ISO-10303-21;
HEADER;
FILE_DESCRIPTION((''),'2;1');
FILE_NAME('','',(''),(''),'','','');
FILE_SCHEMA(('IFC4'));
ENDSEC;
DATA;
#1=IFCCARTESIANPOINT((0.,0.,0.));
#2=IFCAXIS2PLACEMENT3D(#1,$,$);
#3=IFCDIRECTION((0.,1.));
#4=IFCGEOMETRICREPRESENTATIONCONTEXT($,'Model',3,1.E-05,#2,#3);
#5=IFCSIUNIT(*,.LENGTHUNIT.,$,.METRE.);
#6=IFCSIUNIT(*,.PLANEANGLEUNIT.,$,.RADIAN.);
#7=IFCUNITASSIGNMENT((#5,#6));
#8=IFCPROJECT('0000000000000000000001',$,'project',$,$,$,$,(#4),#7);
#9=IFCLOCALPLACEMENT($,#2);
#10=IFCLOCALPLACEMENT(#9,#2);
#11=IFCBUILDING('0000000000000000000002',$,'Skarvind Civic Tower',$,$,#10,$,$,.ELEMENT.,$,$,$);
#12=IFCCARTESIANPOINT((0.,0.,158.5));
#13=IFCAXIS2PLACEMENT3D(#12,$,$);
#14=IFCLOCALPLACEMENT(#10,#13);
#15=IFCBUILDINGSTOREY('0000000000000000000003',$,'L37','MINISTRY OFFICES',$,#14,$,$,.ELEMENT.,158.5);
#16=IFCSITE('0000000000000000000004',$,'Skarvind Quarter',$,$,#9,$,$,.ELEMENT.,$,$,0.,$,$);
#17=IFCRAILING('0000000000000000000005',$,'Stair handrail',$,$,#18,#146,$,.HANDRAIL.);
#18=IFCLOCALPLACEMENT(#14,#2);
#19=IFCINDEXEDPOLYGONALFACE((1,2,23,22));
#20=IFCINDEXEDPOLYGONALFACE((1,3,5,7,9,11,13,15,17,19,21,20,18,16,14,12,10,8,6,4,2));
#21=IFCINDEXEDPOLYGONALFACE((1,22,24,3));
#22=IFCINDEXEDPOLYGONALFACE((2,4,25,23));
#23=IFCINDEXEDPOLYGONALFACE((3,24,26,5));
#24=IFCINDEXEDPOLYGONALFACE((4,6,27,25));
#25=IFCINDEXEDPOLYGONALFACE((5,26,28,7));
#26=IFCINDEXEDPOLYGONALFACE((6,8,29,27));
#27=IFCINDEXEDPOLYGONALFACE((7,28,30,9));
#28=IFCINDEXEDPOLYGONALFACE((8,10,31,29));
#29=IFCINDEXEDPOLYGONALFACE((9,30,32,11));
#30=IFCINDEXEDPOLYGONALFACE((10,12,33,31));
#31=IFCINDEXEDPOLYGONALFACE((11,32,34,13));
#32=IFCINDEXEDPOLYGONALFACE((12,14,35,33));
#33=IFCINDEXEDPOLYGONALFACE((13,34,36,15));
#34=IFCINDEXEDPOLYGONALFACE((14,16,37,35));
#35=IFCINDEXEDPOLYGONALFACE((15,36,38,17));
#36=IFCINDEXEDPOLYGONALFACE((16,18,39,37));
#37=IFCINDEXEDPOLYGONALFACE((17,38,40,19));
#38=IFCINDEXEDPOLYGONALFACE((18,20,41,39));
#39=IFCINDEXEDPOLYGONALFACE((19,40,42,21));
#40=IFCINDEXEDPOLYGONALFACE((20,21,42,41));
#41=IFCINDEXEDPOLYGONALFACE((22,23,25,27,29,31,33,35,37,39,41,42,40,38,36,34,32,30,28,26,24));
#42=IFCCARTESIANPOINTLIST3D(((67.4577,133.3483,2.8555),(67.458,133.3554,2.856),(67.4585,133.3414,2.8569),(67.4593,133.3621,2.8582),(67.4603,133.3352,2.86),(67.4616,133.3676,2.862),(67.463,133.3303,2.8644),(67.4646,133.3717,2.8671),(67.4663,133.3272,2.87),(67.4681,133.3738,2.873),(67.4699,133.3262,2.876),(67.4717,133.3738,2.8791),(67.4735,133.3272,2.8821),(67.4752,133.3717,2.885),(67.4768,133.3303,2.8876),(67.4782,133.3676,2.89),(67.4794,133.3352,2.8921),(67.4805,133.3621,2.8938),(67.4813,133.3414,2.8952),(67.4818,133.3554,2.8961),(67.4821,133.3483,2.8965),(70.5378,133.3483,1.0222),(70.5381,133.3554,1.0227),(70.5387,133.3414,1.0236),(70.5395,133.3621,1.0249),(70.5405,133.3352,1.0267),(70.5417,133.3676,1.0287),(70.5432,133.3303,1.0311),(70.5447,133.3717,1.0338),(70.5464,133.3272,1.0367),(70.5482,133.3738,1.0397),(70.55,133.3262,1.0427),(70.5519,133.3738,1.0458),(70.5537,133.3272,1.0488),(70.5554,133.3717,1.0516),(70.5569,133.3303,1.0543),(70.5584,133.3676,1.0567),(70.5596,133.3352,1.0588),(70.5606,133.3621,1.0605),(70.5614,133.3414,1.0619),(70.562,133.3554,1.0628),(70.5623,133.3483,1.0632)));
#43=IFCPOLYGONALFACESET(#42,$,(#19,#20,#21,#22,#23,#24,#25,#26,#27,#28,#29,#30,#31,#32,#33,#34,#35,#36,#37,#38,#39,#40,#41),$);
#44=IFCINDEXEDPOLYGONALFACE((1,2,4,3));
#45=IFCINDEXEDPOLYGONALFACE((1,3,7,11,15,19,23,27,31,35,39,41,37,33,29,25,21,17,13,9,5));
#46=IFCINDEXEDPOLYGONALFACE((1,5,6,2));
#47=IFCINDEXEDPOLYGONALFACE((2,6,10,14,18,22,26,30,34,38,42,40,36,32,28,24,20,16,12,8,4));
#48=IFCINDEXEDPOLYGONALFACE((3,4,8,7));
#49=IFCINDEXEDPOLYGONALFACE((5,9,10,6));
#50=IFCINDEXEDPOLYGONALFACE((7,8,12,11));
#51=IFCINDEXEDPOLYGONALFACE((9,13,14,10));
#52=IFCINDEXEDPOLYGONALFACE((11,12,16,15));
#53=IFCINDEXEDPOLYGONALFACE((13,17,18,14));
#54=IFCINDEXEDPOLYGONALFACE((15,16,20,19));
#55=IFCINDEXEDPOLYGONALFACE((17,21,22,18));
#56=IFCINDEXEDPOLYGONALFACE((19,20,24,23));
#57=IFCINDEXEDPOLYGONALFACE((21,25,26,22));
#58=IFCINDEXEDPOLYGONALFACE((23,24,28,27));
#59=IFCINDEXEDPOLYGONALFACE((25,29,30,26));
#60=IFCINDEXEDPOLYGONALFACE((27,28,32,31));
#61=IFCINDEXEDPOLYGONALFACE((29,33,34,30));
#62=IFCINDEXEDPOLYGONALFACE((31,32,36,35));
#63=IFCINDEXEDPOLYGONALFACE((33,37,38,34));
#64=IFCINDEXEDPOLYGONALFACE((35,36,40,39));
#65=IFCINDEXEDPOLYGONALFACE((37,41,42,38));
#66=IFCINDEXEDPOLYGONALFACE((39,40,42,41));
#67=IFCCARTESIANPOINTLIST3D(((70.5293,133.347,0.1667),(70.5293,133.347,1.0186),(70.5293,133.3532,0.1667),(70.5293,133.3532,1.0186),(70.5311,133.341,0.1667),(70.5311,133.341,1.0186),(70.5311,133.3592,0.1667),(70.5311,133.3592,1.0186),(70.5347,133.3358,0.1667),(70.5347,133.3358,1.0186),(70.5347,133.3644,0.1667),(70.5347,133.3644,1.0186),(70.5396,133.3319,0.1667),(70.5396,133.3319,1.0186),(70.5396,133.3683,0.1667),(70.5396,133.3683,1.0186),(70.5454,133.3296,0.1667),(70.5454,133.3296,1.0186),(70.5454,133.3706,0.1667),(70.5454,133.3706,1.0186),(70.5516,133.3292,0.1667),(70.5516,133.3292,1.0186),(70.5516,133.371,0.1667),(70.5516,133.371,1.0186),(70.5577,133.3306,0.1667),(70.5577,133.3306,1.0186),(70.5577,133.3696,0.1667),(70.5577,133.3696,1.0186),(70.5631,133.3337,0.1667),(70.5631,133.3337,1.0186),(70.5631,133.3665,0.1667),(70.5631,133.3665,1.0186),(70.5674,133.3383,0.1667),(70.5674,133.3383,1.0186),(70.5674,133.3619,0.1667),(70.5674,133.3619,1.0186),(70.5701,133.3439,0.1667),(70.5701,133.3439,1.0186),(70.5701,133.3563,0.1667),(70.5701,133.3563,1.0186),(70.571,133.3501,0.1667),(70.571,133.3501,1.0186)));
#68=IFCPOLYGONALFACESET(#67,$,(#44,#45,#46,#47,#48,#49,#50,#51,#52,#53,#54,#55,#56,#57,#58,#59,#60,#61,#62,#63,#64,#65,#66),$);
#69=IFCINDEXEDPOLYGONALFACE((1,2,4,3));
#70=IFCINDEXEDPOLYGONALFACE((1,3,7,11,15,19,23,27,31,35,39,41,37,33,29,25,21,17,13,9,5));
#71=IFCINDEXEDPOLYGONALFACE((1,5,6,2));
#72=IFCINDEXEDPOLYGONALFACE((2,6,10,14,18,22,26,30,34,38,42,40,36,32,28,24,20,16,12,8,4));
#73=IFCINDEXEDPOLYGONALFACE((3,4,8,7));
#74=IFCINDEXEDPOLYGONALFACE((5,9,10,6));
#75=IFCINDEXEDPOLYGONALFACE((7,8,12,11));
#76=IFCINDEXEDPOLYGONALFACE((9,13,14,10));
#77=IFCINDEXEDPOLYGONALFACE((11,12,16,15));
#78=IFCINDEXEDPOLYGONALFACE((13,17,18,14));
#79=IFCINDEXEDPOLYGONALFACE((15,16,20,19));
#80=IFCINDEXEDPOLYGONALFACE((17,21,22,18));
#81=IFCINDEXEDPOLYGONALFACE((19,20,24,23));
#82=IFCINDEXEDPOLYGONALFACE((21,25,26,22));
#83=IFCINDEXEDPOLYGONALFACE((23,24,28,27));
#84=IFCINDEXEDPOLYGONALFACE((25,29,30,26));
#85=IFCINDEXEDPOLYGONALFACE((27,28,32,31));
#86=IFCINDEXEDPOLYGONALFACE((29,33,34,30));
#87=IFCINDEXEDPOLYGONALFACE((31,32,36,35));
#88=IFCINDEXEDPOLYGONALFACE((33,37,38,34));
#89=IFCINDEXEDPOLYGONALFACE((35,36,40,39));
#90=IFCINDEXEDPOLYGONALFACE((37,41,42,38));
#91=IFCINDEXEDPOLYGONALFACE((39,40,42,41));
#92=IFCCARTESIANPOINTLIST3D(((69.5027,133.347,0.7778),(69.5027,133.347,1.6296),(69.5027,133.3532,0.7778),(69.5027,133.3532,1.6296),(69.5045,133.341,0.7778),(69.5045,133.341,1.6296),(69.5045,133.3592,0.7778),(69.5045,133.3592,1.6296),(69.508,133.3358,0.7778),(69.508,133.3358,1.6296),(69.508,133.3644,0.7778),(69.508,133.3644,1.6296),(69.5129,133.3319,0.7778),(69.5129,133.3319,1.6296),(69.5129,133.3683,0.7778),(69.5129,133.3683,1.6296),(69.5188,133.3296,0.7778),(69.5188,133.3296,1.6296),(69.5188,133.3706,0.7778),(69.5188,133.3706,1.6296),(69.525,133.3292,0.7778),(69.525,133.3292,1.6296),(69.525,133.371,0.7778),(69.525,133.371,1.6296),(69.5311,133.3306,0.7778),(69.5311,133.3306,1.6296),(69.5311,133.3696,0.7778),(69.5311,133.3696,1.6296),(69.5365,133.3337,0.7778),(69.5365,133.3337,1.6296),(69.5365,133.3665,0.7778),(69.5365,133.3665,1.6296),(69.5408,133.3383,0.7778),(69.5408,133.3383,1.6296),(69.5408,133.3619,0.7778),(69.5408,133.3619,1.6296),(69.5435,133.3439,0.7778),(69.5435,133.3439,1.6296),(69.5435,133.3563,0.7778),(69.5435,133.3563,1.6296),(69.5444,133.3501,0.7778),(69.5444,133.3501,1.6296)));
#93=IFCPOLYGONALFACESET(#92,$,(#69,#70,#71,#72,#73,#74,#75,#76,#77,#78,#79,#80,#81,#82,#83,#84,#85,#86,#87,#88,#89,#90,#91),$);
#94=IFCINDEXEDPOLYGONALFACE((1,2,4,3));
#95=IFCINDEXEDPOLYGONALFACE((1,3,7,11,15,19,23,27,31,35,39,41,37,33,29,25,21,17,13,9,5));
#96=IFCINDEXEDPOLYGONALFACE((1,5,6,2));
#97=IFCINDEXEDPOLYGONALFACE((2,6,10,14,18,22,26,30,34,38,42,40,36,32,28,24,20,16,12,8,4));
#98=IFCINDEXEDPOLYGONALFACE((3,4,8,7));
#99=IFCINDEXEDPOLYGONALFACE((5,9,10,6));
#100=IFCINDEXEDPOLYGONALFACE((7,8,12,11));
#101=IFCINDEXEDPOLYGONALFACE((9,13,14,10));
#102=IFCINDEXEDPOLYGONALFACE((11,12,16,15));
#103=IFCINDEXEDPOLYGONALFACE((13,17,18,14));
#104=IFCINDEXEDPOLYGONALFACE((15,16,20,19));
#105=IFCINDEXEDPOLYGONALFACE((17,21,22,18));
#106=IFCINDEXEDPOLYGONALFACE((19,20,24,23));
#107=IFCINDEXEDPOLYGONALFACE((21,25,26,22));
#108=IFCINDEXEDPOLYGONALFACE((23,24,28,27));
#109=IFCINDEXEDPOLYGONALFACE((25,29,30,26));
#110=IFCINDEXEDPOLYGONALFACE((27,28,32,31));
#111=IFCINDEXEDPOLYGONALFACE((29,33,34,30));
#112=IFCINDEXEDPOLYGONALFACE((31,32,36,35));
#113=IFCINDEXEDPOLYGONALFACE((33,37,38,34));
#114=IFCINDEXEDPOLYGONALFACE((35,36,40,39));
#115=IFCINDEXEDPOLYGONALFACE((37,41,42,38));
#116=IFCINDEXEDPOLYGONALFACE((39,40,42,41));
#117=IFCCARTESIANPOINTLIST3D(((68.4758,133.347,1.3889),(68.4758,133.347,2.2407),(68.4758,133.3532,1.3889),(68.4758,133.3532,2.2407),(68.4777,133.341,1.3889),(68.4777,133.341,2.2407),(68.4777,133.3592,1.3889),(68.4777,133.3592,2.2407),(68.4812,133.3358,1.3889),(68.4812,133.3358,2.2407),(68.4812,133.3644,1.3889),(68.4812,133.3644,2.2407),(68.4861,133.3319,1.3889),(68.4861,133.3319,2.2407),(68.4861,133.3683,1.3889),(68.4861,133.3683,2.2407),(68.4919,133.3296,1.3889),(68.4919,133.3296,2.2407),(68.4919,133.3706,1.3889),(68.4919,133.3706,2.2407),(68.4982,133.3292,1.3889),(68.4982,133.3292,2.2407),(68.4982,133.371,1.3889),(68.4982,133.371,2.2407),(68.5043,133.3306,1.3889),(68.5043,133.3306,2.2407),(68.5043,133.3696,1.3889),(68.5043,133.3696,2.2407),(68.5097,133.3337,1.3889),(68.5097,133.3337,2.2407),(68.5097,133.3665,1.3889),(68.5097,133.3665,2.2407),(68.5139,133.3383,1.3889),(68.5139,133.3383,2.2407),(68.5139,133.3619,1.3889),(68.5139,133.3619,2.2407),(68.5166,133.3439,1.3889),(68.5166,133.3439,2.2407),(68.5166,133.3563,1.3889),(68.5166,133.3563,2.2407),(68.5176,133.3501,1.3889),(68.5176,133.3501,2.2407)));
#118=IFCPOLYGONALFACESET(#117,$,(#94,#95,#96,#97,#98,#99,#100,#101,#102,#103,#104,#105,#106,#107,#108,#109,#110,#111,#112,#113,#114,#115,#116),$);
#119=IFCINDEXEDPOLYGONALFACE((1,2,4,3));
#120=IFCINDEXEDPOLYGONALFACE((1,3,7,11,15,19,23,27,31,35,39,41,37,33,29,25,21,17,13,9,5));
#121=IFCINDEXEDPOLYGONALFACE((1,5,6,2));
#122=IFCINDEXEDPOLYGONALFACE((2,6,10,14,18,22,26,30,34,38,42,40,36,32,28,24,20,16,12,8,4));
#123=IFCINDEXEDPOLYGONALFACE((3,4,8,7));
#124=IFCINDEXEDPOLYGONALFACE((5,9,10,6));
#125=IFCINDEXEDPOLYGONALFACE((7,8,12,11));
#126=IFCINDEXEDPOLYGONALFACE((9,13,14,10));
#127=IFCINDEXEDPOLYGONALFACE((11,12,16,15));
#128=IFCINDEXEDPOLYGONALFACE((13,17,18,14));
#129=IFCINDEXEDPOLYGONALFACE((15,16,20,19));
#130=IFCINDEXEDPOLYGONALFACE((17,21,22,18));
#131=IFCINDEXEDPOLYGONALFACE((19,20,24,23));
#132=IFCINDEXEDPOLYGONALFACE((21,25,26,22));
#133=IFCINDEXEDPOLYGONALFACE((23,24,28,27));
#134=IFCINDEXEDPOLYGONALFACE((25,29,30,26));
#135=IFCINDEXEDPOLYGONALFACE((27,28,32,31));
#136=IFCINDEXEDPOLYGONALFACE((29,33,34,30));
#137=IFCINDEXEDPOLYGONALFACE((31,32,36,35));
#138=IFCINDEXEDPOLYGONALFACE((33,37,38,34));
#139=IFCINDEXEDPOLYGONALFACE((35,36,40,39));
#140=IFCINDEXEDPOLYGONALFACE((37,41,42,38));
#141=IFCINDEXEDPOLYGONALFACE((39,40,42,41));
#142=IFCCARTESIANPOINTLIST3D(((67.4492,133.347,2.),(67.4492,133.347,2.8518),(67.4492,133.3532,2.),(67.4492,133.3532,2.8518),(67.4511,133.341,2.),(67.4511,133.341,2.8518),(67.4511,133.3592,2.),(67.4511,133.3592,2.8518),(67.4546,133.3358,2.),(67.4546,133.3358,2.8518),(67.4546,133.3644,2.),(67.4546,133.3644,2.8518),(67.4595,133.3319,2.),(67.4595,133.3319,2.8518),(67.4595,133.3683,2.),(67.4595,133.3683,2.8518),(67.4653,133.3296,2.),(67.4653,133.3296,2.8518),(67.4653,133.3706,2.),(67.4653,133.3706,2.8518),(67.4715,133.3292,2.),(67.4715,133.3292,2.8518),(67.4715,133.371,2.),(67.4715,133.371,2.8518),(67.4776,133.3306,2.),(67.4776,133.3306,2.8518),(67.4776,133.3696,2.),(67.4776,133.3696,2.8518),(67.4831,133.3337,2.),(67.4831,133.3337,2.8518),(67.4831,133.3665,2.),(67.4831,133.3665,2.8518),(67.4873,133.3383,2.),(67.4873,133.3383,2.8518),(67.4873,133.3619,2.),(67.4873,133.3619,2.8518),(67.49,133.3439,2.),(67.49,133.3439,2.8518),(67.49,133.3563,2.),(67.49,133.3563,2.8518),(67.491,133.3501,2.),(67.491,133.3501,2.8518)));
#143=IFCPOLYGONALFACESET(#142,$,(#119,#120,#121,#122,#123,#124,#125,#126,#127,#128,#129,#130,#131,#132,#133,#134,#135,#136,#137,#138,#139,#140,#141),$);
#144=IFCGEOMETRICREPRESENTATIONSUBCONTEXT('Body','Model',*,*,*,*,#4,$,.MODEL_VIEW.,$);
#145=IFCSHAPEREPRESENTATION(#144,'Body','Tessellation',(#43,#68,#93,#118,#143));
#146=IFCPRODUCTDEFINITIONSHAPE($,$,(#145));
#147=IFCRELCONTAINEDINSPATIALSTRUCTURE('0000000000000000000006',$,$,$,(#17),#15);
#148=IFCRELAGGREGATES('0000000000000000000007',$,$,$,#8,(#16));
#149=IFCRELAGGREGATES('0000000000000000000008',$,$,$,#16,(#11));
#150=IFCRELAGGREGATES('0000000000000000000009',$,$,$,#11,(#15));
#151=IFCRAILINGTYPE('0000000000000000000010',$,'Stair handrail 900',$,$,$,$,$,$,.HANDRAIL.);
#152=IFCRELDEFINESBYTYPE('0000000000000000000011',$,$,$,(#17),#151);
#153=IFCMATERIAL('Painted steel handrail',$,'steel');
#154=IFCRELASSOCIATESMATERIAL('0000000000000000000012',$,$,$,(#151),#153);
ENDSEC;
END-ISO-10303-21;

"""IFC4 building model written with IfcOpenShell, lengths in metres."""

from ifc_helpers import new_model, si_unit, direction, frame, origin, origin_2d, place, context, subcontext, project, spatial, circle, extrude, material, type_object, element, save


model = new_model("IFC4")

# Units and contexts
model_context = context("Model", 3, precision=1e-05, world=origin(), true_north=direction((0.0, 1.0)))
body_context = subcontext(model_context, "Body", "Model", "MODEL_VIEW")
ifc_project = project(units=[si_unit("LENGTHUNIT", "METRE"), si_unit("PLANEANGLEUNIT", "RADIAN")], contexts=[model_context])

# Site, building, storey
site_placement = place(None, origin())
site = spatial("IfcSite", under=ifc_project, at=site_placement, Name="Skarvind Quarter", CompositionType="ELEMENT", RefElevation=0.0)
building_placement = place(site_placement, origin())
building = spatial("IfcBuilding", under=site, at=building_placement, Name="Skarvind Civic Tower", CompositionType="ELEMENT")
storey_placement = place(building_placement, frame((0.0, 0.0, 158.5)))
storey = spatial("IfcBuildingStorey", under=building, at=storey_placement, Name="L37", Description="MINISTRY OFFICES", CompositionType="ELEMENT", Elevation=158.5)

# Railing
ifc_material_1 = material(Name="Painted steel handrail", Category="steel")
railing_type = type_object("IfcRailingType", Name="Stair handrail 900", PredefinedType="HANDRAIL", material=ifc_material_1)
railing_1_placement = place(storey_placement, frame((70.55, 133.3501, 0.1667)))
element("IfcRailing", 1, at=railing_1_placement, inside=storey, type_object=railing_type, Name="Stair handrail", PredefinedType="HANDRAIL", context=body_context, shape_type="SweptSolid", body=[
    extrude(circle(Radius=0.0239, at=origin_2d()), frame((0.0, 0.0, 0.876), z_axis=(-0.859309, 0.0, 0.511458), x_axis=(0.0, -1.0, 0.0)), (0.0, 0.0, 1.0), 3.5845),
    extrude(circle(Radius=0.021, at=origin_2d()), origin(), (0.0, 0.0, 1.0), 0.8518),
    extrude(circle(Radius=0.021, at=origin_2d()), frame((-1.0266, 0.0, 0.6111)), (0.0, 0.0, 1.0), 0.8518),
    extrude(circle(Radius=0.021, at=origin_2d()), frame((-2.0535, 0.0, 1.2222)), (0.0, 0.0, 1.0), 0.8518),
    extrude(circle(Radius=0.021, at=origin_2d()), frame((-3.0801, 0.0, 1.8333)), (0.0, 0.0, 1.0), 0.8518),
])

save(model, "model.ifc")
